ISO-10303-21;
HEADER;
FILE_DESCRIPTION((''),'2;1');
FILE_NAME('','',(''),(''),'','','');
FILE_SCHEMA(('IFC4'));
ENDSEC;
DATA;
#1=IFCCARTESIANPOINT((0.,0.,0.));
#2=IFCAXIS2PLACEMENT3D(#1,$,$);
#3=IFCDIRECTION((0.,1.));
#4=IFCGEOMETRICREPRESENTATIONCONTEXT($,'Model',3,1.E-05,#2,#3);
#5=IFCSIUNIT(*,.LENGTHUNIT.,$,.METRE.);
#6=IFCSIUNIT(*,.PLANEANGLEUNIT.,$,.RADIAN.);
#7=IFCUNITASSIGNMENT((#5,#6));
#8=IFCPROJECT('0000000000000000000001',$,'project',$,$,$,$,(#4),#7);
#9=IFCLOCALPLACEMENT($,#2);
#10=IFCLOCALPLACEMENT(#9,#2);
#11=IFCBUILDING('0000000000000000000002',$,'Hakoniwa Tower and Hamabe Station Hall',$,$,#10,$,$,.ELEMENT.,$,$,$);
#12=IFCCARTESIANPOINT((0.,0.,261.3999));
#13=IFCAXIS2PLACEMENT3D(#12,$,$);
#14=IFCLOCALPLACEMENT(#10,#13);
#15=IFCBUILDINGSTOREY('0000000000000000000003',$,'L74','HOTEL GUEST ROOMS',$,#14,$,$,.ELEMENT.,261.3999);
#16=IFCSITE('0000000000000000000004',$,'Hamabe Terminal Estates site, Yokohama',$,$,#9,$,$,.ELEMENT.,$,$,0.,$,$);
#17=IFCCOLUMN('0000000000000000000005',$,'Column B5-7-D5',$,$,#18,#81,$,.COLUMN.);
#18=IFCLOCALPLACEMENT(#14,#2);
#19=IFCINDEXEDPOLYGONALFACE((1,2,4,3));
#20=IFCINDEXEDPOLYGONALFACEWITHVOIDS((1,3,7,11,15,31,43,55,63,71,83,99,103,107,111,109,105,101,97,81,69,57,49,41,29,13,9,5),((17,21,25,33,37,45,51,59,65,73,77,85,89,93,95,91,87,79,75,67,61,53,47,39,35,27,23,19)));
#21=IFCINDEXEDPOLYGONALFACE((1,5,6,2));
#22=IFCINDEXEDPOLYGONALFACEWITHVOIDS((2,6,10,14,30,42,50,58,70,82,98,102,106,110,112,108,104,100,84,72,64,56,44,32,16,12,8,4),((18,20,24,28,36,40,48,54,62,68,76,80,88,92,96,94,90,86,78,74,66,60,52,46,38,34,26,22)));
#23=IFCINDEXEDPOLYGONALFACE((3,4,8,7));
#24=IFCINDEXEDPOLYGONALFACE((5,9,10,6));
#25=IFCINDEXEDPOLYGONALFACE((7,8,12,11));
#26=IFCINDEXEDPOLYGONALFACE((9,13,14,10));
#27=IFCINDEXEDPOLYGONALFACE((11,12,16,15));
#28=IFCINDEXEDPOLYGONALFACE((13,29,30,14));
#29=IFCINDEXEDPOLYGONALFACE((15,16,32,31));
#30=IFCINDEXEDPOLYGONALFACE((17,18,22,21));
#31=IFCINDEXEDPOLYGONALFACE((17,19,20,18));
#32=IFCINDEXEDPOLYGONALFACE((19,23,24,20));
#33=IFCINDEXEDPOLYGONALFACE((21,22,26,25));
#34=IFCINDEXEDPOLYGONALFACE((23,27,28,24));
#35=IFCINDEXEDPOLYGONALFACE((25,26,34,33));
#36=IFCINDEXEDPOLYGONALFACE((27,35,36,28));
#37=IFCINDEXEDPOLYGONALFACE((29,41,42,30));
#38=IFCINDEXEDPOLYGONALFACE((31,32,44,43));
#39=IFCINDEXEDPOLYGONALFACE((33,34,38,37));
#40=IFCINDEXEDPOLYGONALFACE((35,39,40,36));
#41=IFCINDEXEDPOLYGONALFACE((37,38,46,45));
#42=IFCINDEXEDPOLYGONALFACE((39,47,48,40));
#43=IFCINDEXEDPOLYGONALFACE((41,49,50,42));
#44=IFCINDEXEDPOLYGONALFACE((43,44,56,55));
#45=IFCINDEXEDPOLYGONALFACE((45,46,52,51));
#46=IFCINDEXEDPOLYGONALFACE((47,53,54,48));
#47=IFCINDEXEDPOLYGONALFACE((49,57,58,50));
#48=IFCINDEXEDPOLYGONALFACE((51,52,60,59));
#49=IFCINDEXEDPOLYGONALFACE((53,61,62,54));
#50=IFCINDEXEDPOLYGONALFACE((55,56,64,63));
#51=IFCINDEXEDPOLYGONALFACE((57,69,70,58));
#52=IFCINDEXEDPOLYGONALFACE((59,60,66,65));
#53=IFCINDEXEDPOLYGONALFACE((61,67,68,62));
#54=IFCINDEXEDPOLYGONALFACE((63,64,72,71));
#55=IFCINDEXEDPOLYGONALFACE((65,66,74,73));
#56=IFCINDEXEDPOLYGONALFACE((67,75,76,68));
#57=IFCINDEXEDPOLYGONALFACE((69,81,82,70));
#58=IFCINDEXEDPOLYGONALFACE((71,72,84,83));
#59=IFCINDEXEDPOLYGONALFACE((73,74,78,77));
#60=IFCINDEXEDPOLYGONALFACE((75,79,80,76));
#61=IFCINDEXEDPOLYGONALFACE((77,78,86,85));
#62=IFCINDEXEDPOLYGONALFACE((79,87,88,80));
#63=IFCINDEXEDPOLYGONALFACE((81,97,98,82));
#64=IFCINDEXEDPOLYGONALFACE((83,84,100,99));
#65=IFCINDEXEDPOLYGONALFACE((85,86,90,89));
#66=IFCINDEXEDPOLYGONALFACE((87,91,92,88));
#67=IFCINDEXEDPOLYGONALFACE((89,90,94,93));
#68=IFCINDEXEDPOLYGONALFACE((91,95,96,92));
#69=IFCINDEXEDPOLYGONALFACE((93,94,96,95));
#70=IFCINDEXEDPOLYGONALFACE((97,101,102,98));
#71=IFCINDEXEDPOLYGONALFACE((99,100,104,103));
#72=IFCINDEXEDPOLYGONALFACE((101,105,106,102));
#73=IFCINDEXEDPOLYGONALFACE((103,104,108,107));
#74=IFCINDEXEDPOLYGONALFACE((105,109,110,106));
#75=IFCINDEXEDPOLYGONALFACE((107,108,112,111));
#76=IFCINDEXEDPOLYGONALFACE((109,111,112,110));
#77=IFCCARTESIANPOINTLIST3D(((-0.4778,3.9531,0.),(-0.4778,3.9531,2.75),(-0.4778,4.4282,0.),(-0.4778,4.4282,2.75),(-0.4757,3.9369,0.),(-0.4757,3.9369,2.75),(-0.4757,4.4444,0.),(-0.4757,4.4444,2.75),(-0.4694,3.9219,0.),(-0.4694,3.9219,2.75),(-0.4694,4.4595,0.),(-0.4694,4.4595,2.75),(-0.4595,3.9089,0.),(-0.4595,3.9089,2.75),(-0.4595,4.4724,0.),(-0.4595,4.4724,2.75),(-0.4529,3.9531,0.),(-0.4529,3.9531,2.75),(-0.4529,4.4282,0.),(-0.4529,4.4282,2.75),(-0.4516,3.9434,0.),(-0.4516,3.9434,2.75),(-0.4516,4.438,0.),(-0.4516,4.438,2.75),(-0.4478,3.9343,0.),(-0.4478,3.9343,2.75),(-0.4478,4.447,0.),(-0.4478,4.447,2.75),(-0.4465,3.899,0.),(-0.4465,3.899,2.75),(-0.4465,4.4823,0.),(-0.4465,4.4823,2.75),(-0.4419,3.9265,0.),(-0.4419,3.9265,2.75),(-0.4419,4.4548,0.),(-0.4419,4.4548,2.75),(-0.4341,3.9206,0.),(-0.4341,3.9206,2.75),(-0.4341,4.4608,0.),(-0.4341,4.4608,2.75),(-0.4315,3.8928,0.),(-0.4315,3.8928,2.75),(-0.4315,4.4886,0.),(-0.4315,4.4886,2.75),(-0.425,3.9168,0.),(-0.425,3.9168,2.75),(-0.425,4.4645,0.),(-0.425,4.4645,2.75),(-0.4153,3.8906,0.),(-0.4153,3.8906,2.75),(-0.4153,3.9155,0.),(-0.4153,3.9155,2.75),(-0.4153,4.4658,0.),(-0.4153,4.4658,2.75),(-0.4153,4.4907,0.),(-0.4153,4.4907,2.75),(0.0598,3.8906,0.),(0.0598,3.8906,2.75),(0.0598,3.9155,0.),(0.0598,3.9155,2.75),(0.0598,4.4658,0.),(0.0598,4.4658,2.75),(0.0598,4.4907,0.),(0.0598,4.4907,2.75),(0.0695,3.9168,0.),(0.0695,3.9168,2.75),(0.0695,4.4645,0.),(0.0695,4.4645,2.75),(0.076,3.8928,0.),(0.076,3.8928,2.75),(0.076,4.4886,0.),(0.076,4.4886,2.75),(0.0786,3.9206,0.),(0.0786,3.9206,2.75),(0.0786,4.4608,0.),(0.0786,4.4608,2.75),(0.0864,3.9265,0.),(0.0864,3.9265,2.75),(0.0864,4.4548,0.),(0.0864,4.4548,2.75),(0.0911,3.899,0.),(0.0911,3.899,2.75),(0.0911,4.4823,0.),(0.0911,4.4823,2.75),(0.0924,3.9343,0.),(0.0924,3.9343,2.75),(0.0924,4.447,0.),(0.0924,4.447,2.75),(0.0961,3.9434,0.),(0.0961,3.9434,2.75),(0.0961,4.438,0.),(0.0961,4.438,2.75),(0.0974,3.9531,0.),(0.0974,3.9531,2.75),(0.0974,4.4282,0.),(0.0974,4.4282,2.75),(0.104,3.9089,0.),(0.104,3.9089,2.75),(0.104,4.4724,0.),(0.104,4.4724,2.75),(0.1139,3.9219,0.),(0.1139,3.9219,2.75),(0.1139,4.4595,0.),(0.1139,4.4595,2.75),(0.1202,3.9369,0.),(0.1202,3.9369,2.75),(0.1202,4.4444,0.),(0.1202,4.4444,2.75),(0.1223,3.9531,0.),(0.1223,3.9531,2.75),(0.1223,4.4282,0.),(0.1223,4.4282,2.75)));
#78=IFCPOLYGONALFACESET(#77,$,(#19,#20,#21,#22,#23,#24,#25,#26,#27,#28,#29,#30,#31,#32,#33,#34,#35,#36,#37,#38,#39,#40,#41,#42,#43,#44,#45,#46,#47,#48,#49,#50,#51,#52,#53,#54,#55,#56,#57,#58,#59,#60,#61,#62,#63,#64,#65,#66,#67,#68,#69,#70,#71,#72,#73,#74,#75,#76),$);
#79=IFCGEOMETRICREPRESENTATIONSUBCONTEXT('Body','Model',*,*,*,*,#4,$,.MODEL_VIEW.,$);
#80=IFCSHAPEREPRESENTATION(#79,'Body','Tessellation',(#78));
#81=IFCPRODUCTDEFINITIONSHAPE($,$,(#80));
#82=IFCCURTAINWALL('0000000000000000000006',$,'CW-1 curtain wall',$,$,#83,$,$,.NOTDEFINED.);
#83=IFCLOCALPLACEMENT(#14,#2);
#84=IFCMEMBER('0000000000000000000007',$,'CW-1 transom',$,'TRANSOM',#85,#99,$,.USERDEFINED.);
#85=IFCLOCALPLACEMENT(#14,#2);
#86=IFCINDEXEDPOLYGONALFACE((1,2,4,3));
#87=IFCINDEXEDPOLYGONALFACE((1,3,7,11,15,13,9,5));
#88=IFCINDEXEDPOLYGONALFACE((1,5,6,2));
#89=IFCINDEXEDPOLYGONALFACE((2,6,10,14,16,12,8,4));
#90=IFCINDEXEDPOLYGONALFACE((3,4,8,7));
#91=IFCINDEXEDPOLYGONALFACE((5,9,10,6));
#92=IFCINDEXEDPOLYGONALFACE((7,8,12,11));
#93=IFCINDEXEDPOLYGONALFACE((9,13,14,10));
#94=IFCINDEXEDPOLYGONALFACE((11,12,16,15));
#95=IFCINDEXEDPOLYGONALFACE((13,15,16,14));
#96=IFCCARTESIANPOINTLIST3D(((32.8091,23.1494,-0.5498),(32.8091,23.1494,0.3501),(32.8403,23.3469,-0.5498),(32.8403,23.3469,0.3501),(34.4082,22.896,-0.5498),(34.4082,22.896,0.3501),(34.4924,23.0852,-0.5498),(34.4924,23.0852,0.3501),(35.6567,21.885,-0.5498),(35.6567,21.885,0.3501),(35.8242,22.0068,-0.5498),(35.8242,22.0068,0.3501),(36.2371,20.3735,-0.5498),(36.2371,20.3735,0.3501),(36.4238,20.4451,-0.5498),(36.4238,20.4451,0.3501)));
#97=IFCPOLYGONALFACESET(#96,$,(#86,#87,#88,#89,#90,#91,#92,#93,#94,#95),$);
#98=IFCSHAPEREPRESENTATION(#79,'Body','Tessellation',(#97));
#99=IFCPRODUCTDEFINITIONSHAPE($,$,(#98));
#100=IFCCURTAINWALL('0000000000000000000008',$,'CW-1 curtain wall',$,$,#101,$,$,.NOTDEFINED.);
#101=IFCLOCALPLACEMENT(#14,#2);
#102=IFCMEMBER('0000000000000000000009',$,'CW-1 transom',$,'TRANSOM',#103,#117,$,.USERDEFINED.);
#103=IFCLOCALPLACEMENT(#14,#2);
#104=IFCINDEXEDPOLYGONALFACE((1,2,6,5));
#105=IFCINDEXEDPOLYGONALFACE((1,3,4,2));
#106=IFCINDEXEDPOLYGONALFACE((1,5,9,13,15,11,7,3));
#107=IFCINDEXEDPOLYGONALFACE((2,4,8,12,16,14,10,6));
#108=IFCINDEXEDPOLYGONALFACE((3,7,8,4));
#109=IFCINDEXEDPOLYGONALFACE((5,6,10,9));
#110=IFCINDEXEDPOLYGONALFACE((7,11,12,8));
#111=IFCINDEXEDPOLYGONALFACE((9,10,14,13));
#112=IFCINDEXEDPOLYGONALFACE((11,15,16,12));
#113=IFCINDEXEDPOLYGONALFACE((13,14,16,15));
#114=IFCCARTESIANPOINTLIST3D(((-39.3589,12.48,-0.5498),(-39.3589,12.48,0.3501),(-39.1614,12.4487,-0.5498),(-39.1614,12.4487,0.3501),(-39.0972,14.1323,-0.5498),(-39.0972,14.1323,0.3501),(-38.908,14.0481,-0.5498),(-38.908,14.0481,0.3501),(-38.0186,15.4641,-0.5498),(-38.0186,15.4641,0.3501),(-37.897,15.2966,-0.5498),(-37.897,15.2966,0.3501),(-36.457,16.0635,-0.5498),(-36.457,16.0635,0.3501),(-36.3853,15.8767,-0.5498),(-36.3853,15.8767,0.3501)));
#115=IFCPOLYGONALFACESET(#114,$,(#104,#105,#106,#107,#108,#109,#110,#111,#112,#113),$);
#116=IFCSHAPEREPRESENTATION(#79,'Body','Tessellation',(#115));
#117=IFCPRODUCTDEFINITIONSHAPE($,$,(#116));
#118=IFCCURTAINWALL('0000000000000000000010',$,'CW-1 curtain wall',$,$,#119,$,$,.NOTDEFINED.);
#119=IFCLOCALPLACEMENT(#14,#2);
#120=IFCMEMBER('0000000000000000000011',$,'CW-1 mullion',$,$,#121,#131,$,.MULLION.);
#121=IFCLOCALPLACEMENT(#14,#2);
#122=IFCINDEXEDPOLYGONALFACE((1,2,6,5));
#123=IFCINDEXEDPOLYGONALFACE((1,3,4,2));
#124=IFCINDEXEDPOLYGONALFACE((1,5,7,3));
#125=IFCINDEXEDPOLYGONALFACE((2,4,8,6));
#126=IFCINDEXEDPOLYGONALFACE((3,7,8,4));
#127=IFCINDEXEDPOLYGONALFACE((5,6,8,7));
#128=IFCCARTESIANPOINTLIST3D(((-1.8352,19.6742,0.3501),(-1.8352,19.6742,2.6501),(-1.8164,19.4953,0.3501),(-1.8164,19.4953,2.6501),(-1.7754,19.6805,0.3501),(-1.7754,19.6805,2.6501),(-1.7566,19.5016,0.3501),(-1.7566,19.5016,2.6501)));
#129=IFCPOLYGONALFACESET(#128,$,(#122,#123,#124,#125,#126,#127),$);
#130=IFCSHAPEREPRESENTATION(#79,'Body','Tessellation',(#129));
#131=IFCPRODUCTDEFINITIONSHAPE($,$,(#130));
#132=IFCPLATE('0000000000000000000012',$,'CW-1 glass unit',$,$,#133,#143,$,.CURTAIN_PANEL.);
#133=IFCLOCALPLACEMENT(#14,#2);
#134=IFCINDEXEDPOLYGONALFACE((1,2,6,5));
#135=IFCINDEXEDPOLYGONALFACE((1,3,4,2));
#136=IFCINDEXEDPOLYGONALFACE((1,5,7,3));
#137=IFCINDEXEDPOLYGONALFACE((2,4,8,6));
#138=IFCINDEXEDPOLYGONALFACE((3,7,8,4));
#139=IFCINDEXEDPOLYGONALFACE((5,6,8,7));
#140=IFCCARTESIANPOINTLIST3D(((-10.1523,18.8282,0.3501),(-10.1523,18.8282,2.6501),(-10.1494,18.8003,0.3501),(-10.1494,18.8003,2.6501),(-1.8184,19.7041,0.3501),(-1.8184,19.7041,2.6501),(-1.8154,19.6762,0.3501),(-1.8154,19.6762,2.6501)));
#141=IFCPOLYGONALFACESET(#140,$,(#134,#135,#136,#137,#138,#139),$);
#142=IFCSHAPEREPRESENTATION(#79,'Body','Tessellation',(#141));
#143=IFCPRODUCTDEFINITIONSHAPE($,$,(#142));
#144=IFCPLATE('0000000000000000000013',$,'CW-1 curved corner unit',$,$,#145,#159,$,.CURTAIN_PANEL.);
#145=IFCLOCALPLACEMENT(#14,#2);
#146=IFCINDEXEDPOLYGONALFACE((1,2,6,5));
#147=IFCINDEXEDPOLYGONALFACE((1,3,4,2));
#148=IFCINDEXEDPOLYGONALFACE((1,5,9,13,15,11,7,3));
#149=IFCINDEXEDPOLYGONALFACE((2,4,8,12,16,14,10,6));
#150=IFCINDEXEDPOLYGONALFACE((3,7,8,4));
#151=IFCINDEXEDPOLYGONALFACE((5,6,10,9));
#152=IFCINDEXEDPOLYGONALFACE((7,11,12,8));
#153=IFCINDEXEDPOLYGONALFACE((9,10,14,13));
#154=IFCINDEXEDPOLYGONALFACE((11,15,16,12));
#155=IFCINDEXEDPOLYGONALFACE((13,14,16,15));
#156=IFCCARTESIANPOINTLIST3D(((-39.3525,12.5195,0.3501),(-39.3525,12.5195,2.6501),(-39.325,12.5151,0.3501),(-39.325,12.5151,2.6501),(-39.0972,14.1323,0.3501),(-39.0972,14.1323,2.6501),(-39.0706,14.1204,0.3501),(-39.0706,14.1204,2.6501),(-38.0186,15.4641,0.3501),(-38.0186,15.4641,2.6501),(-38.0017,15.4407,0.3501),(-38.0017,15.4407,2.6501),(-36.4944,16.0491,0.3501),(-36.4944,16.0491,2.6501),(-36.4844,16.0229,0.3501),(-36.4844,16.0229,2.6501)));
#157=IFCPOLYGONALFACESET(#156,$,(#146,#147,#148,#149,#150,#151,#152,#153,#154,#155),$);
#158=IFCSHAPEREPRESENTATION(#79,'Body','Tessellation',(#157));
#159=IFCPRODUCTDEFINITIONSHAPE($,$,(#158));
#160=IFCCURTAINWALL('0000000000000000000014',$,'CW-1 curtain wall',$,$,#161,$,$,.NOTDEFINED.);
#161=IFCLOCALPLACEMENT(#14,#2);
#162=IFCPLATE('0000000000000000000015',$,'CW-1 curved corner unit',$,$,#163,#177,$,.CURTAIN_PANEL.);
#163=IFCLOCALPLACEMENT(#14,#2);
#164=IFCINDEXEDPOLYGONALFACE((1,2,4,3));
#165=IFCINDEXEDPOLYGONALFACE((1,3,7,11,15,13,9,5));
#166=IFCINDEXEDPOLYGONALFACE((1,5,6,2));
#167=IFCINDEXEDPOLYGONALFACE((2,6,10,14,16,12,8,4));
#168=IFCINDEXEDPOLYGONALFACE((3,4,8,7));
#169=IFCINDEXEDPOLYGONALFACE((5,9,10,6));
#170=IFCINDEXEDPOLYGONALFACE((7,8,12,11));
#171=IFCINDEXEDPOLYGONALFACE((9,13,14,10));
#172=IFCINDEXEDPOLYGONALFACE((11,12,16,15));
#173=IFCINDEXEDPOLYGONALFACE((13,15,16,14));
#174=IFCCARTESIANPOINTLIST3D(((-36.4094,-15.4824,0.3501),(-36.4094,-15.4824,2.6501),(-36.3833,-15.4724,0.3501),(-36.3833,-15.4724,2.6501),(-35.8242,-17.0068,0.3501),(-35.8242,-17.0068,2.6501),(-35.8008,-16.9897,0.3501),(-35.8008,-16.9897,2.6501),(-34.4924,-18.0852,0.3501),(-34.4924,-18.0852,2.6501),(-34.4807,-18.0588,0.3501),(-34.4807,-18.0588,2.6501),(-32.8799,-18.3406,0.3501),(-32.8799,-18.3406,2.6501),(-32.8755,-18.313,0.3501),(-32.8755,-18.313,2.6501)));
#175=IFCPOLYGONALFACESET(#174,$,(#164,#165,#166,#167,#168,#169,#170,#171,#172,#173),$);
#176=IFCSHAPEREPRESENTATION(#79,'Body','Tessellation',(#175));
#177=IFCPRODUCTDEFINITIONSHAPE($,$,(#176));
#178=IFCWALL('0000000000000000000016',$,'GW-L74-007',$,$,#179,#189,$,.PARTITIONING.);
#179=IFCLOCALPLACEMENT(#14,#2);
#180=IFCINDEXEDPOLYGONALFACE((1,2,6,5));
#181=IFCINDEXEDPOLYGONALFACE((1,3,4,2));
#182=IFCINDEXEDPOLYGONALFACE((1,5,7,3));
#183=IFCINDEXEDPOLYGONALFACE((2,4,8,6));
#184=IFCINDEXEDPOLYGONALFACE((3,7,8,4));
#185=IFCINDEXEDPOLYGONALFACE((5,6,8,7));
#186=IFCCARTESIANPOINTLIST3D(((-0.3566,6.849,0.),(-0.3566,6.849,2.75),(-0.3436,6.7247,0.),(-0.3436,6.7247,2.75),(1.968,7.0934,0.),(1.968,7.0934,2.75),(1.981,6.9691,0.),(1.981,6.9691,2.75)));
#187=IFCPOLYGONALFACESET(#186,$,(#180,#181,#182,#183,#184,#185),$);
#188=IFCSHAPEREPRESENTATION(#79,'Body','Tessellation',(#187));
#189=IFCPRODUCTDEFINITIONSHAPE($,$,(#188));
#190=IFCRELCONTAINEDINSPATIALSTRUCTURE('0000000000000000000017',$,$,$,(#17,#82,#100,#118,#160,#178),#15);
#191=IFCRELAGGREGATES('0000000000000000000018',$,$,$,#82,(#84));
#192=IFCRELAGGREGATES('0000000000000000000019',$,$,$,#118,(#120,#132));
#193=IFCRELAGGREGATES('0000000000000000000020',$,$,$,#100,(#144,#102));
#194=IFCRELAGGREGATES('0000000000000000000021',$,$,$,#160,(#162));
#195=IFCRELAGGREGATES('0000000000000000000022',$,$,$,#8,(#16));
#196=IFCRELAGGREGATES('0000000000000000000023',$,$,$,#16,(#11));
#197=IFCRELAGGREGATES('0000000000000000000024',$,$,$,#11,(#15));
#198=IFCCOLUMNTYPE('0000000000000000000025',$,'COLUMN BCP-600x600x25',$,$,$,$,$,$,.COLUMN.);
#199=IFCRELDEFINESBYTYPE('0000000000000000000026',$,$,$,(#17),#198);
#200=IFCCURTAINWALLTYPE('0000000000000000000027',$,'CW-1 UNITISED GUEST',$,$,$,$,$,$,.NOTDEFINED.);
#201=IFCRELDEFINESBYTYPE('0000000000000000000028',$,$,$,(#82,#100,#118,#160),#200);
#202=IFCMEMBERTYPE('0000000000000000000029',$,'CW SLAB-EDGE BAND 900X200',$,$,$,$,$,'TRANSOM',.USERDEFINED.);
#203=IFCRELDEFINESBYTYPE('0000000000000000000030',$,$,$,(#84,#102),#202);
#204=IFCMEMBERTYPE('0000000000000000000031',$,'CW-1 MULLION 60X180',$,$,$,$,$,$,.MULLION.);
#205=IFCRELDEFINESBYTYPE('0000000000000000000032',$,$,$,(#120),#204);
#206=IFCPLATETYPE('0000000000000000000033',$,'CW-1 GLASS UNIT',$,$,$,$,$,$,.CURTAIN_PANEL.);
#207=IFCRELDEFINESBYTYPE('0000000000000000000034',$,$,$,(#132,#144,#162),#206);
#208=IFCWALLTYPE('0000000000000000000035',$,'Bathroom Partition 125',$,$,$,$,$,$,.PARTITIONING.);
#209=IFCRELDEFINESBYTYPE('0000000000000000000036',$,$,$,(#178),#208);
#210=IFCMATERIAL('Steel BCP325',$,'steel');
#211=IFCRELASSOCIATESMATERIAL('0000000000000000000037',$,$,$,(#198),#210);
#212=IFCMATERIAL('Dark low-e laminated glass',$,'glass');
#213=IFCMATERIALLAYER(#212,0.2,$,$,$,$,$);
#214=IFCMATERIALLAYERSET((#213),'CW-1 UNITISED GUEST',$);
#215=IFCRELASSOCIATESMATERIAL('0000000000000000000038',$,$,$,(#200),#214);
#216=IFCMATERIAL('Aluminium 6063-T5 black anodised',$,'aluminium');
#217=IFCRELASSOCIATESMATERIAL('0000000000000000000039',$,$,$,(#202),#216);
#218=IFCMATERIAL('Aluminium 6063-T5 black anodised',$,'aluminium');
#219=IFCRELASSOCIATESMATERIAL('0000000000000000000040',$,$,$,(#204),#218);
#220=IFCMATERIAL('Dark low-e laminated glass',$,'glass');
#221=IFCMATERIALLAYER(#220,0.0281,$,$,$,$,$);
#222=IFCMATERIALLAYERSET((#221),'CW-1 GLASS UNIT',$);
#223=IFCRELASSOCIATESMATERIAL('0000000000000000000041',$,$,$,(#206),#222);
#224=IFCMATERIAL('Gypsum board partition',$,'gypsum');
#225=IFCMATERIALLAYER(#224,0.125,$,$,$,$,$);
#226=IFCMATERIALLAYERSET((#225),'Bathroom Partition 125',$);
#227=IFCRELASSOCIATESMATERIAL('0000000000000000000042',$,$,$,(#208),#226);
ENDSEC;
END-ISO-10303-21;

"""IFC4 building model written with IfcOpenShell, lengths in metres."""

from ifc_helpers import new_model, si_unit, direction, frame, frame_2d, origin, origin_2d, place, context, subcontext, project, spatial, polyline, rectangle, hollow_rectangle, outline, extrude, material, layer, layer_set, material_profile, profile_set, type_object, element, aggregate, save


model = new_model("IFC4")

# Units and contexts
model_context = context("Model", 3, precision=1e-05, world=origin(), true_north=direction((0.0, 1.0)))
body_context = subcontext(model_context, "Body", "Model", "MODEL_VIEW")
ifc_project = project(units=[si_unit("LENGTHUNIT", "METRE"), si_unit("PLANEANGLEUNIT", "RADIAN")], contexts=[model_context])

# Site, building, storey
site_placement = place(None, origin())
site = spatial("IfcSite", under=ifc_project, at=site_placement, Name="Hamabe Terminal Estates site, Yokohama", CompositionType="ELEMENT", RefElevation=0.0)
building_placement = place(site_placement, origin())
building = spatial("IfcBuilding", under=site, at=building_placement, Name="Hakoniwa Tower and Hamabe Station Hall", CompositionType="ELEMENT")
storey_placement = place(building_placement, frame((0.0, 0.0, 261.3999)))
storey = spatial("IfcBuildingStorey", under=building, at=storey_placement, Name="L74", Description="HOTEL GUEST ROOMS", CompositionType="ELEMENT", Elevation=261.3999)

# Column
ifc_material_1 = material(Name="Steel BCP325", Category="steel")
ifc_material_profile_1 = material_profile(ifc_material_1, hollow_rectangle(XDim=0.6001, YDim=0.6001, WallThickness=0.0249, InnerFilletRadius=0.0376, OuterFilletRadius=0.0625, at=origin_2d()), Name="BCP-600x600x25")
ifc_profile_set_1 = profile_set([ifc_material_profile_1], Name="Steel BCP325")
column_type_1 = type_object("IfcColumnType", Name="COLUMN BCP-600x600x25", PredefinedType="COLUMN", material=ifc_profile_set_1)
for number, where, z_axis, x_axis, name in (
    (1, (-0.1777, 4.1907, 0.0), (0.0, 0.0, 1.0), (1.0, 0.0, 0.0), "Column B5-7-D5"),
):
    element("IfcColumn", number, at=place(storey_placement, frame(where, z_axis=z_axis, x_axis=x_axis)), inside=storey, type_object=column_type_1, Name=name, PredefinedType="COLUMN", context=body_context, shape_type="SweptSolid", body=[
        extrude(hollow_rectangle(XDim=0.6001, YDim=0.6001, WallThickness=0.0249, InnerFilletRadius=0.0376, OuterFilletRadius=0.0625, at=origin_2d()), origin(), (0.0, 0.0, 1.0), 2.75),
    ])

# Curtain walls, members
ifc_material_2 = material(Name="Dark low-e laminated glass", Category="glass")
ifc_layer_1 = layer(ifc_material_2, 0.2)
ifc_layer_set_1 = layer_set([ifc_layer_1], Name="CW-1 UNITISED GUEST")
curtain_wall_type = type_object("IfcCurtainWallType", Name="CW-1 UNITISED GUEST", PredefinedType="NOTDEFINED", material=ifc_layer_set_1)
curtain_wall_1_placement = place(storey_placement, origin())
curtain_wall_1 = element("IfcCurtainWall", 2, at=curtain_wall_1_placement, inside=storey, type_object=curtain_wall_type, Name="CW-1 curtain wall", PredefinedType="NOTDEFINED")
ifc_material_3 = material(Name="Aluminium 6063-T5 black anodised", Category="aluminium")
ifc_material_profile_2 = material_profile(ifc_material_3, rectangle(XDim=0.2, YDim=0.8999, at=origin_2d()), Name="CW SLAB-EDGE BAND 900X200")
ifc_profile_set_2 = profile_set([ifc_material_profile_2], Name="Aluminium 6063-T5 black anodised")
member_type_1 = type_object("IfcMemberType", Name="CW SLAB-EDGE BAND 900X200", ElementType="TRANSOM", PredefinedType="USERDEFINED", material=ifc_profile_set_2)
member_1_placement = place(storey_placement, frame((0.0, 0.0, -0.5498)))
member_1 = element("IfcMember", 3, at=member_1_placement, type_object=member_type_1, Name="CW-1 transom", ObjectType="TRANSOM", PredefinedType="USERDEFINED", context=body_context, shape_type="SweptSolid", body=[
    extrude(outline(polyline([(36.4238, 20.4451), (35.8242, 22.0068), (34.4924, 23.0852), (32.8403, 23.3469), (32.8091, 23.1494), (34.4082, 22.896), (35.6567, 21.885), (36.2371, 20.3735), (36.4238, 20.4451)])), origin(), (0.0, 0.0, 1.0), 0.8999),
])
aggregate(curtain_wall_1, [member_1])
curtain_wall_2_placement = place(storey_placement, origin())
curtain_wall_2 = element("IfcCurtainWall", 4, at=curtain_wall_2_placement, inside=storey, type_object=curtain_wall_type, Name="CW-1 curtain wall", PredefinedType="NOTDEFINED")
member_2_placement = place(storey_placement, frame((0.0, 0.0, -0.5498)))
member_2 = element("IfcMember", 5, at=member_2_placement, type_object=member_type_1, Name="CW-1 transom", ObjectType="TRANSOM", PredefinedType="USERDEFINED", context=body_context, shape_type="SweptSolid", body=[
    extrude(outline(polyline([(-36.457, 16.0635), (-38.0186, 15.4641), (-39.0972, 14.1323), (-39.3589, 12.48), (-39.1614, 12.4487), (-38.908, 14.0481), (-37.897, 15.2966), (-36.3853, 15.8767), (-36.457, 16.0635)])), origin(), (0.0, 0.0, 1.0), 0.8999),
])

# Curtain wall, member, plate
curtain_wall_3_placement = place(storey_placement, origin())
curtain_wall_3 = element("IfcCurtainWall", 6, at=curtain_wall_3_placement, inside=storey, type_object=curtain_wall_type, Name="CW-1 curtain wall", PredefinedType="NOTDEFINED")
ifc_material_4 = material(Name="Aluminium 6063-T5 black anodised", Category="aluminium")
ifc_material_profile_3 = material_profile(ifc_material_4, rectangle(XDim=0.0601, YDim=0.1799, at=origin_2d()), Name="CW-1 MULLION 60X180")
ifc_profile_set_3 = profile_set([ifc_material_profile_3], Name="Aluminium 6063-T5 black anodised")
member_type_2 = type_object("IfcMemberType", Name="CW-1 MULLION 60X180", PredefinedType="MULLION", material=ifc_profile_set_3)
member_3_placement = place(storey_placement, frame((-1.7959, 19.5879, 0.3501), z_axis=(0.0, 0.0, 1.0), x_axis=(-0.994522, -0.104528, 0.0)))
member_3 = element("IfcMember", 7, at=member_3_placement, type_object=member_type_2, Name="CW-1 mullion", PredefinedType="MULLION", context=body_context, shape_type="SweptSolid", body=[
    extrude(rectangle(XDim=0.0601, YDim=0.1799, at=origin_2d()), origin(), (0.0, 0.0, 1.0), 2.3),
])
ifc_material_5 = material(Name="Dark low-e laminated glass", Category="glass")
ifc_layer_2 = layer(ifc_material_5, 0.0281)
ifc_layer_set_2 = layer_set([ifc_layer_2], Name="CW-1 GLASS UNIT")
plate_type = type_object("IfcPlateType", Name="CW-1 GLASS UNIT", PredefinedType="CURTAIN_PANEL", material=ifc_layer_set_2)
plate_1_placement = place(storey_placement, frame((-5.9839, 19.2522, 0.3501), z_axis=(0.0, 0.0, 1.0), x_axis=(-0.994522, -0.104528, 0.0)))
plate_1 = element("IfcPlate", 8, at=plate_1_placement, type_object=plate_type, Name="CW-1 glass unit", PredefinedType="CURTAIN_PANEL", context=body_context, shape_type="SweptSolid", body=[
    extrude(rectangle(XDim=8.3799, YDim=0.0281, at=origin_2d()), origin(), (0.0, 0.0, 1.0), 2.3),
])
aggregate(curtain_wall_3, [member_3, plate_1])

# Plate
plate_2_placement = place(storey_placement, frame((0.0, 0.0, 0.3501)))
plate_2 = element("IfcPlate", 9, at=plate_2_placement, type_object=plate_type, Name="CW-1 curved corner unit", PredefinedType="CURTAIN_PANEL", context=body_context, shape_type="SweptSolid", body=[
    extrude(outline(polyline([(-36.4944, 16.0491), (-38.0186, 15.4641), (-39.0972, 14.1323), (-39.3525, 12.5195), (-39.325, 12.5151), (-39.0706, 14.1204), (-38.0017, 15.4407), (-36.4844, 16.0229), (-36.4944, 16.0491)])), origin(), (0.0, 0.0, 1.0), 2.3),
])
aggregate(curtain_wall_2, [plate_2, member_2])

# Curtain wall, plate
curtain_wall_4_placement = place(storey_placement, origin())
curtain_wall_4 = element("IfcCurtainWall", 10, at=curtain_wall_4_placement, inside=storey, type_object=curtain_wall_type, Name="CW-1 curtain wall", PredefinedType="NOTDEFINED")
plate_3_placement = place(storey_placement, frame((0.0, 0.0, 0.3501)))
plate_3 = element("IfcPlate", 11, at=plate_3_placement, type_object=plate_type, Name="CW-1 curved corner unit", PredefinedType="CURTAIN_PANEL", context=body_context, shape_type="SweptSolid", body=[
    extrude(outline(polyline([(-36.4094, -15.4824), (-35.8242, -17.0068), (-34.4924, -18.0852), (-32.8799, -18.3406), (-32.8755, -18.313), (-34.4807, -18.0588), (-35.8008, -16.9897), (-36.3833, -15.4724), (-36.4094, -15.4824)])), origin(), (0.0, 0.0, 1.0), 2.3),
])
aggregate(curtain_wall_4, [plate_3])

# Wall
ifc_material_6 = material(Name="Gypsum board partition", Category="gypsum")
ifc_layer_3 = layer(ifc_material_6, 0.125)
ifc_layer_set_3 = layer_set([ifc_layer_3], Name="Bathroom Partition 125")
wall_type_1 = type_object("IfcWallType", Name="Bathroom Partition 125", PredefinedType="PARTITIONING", material=ifc_layer_set_3)
wall_1_placement = place(storey_placement, frame((-0.3501, 6.7869, 0.0), z_axis=(0.0, 0.0, 1.0), x_axis=(0.99452, 0.104549, 0.0)))
element("IfcWall", 12, at=wall_1_placement, inside=storey, type_object=wall_type_1, Name="GW-L74-007", PredefinedType="PARTITIONING", context=body_context, shape_type="SweptSolid", body=[
    extrude(rectangle(XDim=2.3374, YDim=0.125, at=frame_2d((1.1687, 0.0))), origin(), (0.0, 0.0, 1.0), 2.75),
])

save(model, "model.ifc")
